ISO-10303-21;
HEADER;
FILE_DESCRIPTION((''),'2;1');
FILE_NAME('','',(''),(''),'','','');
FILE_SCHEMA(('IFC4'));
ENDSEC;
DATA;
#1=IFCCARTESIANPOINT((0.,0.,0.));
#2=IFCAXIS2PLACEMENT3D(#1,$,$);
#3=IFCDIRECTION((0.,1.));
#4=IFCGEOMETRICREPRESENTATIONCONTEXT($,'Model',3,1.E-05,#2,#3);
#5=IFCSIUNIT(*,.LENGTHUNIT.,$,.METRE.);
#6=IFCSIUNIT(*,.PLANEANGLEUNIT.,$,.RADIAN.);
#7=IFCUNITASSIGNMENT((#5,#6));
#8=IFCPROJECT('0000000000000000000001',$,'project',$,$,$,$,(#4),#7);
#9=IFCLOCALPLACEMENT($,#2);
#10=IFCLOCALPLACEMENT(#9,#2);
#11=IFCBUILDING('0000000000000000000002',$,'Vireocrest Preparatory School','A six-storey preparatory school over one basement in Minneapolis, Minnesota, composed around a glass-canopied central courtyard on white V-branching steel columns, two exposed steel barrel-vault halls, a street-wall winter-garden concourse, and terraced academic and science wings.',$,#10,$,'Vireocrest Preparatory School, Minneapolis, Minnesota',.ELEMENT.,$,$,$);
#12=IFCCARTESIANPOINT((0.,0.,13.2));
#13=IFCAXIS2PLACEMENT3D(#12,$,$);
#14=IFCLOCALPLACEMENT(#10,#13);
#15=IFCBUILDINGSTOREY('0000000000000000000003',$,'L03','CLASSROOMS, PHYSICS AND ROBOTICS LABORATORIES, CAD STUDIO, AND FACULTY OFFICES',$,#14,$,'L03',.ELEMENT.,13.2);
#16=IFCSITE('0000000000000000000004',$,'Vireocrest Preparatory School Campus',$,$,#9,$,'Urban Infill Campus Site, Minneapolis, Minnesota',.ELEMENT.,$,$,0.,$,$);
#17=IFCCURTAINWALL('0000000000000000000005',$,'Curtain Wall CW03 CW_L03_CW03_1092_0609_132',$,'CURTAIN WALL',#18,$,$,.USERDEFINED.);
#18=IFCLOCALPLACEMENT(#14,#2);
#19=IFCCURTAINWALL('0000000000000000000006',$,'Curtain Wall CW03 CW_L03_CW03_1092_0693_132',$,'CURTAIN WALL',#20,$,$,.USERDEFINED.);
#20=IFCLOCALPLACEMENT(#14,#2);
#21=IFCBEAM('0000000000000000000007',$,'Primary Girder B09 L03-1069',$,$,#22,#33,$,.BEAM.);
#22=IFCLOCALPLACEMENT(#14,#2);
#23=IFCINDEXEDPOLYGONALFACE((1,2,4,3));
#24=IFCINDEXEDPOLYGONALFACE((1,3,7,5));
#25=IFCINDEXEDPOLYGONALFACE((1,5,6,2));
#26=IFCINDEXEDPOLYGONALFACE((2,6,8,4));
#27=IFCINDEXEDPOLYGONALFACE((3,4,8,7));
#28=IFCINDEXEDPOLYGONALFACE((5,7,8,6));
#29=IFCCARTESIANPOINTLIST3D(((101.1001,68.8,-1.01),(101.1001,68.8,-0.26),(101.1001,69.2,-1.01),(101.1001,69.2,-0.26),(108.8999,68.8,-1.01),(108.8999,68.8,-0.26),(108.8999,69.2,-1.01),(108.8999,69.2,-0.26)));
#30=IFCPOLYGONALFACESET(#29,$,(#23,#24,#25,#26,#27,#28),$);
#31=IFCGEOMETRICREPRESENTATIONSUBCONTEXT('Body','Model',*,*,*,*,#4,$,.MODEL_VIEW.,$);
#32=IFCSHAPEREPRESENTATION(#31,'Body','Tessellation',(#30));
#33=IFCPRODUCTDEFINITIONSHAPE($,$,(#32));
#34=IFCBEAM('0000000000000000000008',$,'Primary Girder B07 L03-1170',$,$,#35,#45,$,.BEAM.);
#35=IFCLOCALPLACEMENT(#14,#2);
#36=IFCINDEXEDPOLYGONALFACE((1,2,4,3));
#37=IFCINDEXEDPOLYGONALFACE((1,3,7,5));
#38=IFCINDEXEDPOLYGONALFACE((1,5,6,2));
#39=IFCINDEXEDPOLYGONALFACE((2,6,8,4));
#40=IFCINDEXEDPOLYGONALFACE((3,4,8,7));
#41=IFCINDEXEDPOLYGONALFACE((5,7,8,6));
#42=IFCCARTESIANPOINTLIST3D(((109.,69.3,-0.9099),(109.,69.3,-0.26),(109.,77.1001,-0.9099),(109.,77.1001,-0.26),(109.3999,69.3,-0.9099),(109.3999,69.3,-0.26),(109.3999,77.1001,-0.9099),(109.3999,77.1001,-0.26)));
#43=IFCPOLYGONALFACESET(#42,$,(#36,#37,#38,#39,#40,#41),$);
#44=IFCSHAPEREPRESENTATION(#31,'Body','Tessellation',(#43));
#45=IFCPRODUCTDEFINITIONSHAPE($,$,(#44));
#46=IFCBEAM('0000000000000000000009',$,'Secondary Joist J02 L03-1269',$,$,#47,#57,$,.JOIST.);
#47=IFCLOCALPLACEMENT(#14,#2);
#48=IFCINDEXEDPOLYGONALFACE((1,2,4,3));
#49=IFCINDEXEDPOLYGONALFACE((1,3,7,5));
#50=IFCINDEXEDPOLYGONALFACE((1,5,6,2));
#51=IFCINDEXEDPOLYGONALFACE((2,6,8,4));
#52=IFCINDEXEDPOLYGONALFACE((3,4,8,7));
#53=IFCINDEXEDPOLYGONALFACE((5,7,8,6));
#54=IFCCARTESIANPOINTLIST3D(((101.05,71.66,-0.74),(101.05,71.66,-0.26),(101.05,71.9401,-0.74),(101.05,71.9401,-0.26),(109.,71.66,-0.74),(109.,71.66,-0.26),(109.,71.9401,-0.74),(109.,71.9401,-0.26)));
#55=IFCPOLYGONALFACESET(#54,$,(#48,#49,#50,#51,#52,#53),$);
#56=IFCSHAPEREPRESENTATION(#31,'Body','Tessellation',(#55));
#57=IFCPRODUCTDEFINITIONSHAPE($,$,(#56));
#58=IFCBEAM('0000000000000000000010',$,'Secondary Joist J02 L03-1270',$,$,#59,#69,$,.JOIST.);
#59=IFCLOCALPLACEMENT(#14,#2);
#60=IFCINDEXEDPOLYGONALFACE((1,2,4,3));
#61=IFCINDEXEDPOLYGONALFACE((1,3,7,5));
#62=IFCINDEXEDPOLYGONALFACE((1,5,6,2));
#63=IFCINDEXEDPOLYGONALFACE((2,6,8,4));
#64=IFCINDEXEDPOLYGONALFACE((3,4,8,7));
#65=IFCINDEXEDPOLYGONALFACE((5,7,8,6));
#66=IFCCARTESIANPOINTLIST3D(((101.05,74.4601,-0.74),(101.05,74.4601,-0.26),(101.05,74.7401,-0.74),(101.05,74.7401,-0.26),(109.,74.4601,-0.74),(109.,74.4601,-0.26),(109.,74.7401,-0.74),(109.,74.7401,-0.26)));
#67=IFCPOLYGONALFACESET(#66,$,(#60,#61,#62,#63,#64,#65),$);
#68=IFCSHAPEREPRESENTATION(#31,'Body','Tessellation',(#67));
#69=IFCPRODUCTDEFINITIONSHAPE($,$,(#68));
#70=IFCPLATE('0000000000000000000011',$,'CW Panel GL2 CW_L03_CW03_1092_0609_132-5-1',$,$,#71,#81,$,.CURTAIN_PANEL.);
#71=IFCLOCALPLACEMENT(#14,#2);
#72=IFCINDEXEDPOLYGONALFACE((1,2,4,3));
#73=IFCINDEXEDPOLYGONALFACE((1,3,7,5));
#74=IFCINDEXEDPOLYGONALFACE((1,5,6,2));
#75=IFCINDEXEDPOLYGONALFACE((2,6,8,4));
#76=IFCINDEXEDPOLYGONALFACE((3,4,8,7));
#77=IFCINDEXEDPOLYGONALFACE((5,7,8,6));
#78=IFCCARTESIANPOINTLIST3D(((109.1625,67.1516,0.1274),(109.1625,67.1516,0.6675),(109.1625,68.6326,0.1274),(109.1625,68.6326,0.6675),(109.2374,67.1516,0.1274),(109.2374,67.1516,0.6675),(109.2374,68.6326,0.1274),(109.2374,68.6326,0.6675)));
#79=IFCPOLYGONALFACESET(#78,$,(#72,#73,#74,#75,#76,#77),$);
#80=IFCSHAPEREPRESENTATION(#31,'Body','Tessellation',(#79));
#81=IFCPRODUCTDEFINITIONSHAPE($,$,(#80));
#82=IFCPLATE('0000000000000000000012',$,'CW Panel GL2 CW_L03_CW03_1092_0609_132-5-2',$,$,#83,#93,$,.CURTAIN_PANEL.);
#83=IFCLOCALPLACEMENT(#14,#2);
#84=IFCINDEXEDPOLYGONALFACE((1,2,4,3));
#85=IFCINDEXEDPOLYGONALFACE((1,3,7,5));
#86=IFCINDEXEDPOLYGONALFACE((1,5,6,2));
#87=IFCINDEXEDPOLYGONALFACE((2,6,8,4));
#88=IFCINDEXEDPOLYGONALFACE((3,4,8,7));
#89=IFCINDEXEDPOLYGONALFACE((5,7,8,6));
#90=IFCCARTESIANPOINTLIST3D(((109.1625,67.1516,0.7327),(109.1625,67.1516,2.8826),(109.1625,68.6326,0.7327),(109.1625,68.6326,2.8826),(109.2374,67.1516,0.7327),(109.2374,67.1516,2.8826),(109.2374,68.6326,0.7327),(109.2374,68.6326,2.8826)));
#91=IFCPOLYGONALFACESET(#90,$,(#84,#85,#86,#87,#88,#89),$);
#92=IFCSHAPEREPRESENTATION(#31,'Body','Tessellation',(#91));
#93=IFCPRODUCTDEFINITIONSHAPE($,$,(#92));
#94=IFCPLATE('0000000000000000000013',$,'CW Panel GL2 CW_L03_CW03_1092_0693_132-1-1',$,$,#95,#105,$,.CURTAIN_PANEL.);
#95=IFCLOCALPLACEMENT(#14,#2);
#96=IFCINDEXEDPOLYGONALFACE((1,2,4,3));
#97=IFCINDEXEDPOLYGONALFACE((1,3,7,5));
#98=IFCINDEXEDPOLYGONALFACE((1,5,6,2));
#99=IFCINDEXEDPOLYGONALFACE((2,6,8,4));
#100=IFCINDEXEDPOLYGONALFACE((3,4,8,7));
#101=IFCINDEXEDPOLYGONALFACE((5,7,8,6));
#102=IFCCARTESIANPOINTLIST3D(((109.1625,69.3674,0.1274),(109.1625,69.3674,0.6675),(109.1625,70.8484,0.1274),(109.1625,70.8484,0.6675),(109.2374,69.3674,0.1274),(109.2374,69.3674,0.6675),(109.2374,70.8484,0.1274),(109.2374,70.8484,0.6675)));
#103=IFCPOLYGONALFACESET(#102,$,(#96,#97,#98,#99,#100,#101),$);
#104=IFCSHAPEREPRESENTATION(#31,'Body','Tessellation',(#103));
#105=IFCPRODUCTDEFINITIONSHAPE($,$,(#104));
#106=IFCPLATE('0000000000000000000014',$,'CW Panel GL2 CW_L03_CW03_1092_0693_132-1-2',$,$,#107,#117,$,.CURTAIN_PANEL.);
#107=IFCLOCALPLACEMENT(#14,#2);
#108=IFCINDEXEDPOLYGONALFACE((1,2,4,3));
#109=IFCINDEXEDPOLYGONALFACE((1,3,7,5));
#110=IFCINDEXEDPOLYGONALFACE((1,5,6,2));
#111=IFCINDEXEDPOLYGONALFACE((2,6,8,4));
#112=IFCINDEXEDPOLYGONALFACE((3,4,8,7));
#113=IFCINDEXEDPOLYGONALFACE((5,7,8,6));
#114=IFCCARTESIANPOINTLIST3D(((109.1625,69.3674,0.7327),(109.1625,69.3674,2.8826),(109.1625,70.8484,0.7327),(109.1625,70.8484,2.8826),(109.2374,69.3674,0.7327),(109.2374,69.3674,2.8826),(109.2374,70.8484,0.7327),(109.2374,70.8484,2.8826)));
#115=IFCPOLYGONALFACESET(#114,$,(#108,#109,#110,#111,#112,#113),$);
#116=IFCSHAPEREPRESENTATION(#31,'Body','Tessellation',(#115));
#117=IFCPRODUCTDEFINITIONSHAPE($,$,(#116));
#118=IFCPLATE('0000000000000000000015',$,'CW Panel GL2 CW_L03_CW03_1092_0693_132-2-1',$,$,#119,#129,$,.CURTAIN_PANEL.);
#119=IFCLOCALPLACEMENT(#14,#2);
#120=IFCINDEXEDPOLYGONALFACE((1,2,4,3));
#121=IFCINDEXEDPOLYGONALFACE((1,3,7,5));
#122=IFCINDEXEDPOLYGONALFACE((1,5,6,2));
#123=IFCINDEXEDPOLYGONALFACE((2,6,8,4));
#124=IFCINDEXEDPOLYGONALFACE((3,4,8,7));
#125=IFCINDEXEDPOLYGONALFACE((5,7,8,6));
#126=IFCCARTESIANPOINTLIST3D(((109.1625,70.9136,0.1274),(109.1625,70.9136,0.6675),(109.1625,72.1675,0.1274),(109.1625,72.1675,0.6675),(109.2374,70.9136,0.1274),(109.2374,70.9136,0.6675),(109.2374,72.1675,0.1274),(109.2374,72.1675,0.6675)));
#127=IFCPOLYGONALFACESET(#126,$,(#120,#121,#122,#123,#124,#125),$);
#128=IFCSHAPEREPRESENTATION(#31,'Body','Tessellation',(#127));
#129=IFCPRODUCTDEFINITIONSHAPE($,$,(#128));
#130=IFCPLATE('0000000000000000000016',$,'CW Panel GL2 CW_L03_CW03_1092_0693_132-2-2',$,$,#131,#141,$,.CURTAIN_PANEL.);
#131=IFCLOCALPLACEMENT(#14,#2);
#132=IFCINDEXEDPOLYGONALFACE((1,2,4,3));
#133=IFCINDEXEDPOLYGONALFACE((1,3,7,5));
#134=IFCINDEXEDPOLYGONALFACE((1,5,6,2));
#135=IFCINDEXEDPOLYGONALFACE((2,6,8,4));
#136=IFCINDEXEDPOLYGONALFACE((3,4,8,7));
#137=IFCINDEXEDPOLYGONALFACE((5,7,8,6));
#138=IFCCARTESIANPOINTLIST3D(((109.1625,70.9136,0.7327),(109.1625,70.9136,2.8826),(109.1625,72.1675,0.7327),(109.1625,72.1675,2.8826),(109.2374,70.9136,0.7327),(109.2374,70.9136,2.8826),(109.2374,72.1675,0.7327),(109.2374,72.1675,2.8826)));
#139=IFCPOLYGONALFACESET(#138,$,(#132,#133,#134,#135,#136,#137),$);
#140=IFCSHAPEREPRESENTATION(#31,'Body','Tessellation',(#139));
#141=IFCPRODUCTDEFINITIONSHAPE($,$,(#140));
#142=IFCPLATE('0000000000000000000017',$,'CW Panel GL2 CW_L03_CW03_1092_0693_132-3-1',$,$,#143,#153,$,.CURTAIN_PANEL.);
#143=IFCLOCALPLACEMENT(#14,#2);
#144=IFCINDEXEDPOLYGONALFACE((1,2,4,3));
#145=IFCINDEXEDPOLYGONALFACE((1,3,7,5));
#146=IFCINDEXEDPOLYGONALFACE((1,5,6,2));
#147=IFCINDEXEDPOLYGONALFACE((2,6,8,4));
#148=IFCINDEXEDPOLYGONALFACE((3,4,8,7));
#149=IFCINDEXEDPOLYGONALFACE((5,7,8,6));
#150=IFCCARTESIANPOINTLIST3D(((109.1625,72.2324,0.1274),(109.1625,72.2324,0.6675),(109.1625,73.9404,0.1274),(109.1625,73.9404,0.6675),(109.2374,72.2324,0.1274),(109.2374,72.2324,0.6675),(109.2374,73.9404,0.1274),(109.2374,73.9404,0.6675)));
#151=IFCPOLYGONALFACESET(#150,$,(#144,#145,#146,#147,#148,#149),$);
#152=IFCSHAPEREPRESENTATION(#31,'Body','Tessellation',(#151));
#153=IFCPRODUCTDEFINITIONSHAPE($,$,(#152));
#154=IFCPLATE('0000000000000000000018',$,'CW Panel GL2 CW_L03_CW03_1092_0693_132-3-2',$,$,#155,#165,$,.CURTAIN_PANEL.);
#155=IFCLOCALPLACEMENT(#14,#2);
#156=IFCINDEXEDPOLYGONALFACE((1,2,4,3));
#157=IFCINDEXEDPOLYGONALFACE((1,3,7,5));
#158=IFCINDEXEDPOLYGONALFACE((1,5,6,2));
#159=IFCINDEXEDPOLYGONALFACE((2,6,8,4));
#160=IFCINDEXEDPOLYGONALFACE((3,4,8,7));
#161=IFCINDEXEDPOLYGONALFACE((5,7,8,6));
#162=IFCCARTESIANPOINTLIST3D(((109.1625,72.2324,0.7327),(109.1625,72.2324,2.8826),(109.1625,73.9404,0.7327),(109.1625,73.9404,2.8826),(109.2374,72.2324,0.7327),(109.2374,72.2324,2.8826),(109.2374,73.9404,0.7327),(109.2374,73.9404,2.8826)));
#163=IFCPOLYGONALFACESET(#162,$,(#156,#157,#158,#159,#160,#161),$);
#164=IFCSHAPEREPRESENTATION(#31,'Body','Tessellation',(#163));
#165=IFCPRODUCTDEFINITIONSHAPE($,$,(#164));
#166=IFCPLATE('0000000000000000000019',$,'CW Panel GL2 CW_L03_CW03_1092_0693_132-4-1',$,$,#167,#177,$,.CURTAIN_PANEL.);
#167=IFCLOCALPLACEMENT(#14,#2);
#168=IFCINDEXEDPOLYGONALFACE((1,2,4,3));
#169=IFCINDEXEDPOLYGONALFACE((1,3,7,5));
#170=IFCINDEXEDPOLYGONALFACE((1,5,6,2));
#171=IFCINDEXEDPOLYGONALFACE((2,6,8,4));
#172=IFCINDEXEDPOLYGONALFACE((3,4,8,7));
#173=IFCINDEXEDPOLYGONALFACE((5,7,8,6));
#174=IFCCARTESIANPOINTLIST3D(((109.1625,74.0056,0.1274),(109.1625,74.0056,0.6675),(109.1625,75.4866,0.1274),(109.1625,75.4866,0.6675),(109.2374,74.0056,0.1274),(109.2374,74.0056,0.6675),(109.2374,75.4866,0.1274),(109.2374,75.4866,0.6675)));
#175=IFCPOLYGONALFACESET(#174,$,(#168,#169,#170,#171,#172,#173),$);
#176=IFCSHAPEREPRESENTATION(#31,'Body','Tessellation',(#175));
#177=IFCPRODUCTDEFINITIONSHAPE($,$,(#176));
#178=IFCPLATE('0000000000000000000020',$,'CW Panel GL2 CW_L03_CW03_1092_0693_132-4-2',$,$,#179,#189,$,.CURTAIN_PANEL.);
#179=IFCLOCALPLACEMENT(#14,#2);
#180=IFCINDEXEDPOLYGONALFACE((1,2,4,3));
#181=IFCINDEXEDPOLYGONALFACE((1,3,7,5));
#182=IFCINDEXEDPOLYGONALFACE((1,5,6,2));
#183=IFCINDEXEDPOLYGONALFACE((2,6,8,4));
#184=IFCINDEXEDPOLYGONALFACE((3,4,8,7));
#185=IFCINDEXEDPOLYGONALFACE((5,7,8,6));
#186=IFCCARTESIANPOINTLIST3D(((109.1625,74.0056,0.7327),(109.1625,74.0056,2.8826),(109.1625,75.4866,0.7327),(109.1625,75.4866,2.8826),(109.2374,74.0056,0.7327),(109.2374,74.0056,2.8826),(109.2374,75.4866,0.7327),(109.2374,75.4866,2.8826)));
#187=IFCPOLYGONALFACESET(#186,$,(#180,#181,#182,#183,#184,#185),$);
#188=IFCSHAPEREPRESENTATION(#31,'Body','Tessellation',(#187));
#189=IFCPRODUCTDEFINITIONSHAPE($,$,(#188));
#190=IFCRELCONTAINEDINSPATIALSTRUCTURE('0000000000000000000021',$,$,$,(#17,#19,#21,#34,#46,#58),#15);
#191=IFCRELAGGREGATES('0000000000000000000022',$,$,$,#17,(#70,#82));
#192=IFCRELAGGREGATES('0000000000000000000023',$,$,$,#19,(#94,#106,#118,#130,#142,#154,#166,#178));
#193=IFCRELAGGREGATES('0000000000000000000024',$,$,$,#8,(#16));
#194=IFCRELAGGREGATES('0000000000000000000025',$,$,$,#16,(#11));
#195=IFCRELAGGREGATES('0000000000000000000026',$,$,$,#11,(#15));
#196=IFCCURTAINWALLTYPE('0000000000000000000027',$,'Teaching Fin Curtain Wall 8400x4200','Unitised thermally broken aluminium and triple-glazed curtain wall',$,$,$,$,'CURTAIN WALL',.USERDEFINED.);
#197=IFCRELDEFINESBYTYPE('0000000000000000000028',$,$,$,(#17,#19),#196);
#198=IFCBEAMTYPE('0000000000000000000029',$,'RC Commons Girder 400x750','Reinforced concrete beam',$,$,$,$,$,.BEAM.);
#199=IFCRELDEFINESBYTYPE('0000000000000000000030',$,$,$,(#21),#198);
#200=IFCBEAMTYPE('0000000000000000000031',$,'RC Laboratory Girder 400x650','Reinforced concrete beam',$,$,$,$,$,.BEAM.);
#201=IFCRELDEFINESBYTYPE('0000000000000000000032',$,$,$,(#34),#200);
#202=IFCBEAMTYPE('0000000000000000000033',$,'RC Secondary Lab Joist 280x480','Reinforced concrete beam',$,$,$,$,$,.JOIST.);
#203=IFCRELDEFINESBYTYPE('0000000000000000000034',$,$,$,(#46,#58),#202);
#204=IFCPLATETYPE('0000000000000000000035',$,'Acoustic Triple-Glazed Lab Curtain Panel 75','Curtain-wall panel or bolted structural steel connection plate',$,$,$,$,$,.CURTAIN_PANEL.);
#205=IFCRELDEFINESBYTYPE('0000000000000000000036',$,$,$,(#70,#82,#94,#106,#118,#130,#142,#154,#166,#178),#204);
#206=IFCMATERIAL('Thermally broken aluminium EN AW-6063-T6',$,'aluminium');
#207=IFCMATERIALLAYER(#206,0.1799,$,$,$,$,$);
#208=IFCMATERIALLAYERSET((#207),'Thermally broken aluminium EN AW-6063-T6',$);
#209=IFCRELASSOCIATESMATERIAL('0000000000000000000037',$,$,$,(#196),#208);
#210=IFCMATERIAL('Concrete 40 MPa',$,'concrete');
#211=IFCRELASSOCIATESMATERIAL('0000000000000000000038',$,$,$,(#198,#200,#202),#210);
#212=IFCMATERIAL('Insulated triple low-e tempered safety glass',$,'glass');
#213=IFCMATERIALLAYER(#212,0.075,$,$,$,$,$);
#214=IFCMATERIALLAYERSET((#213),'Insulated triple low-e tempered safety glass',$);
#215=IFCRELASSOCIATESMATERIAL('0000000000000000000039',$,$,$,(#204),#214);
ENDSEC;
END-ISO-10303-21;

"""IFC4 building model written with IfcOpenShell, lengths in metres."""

from ifc_helpers import new_model, si_unit, direction, frame, origin, origin_2d, place, context, subcontext, project, spatial, rectangle, extrude, material, layer, layer_set, material_profile, profile_set, type_object, element, aggregate, save


model = new_model("IFC4")

# Units and contexts
model_context = context("Model", 3, precision=1e-05, world=origin(), true_north=direction((0.0, 1.0)))
body_context = subcontext(model_context, "Body", "Model", "MODEL_VIEW")
ifc_project = project(units=[si_unit("LENGTHUNIT", "METRE"), si_unit("PLANEANGLEUNIT", "RADIAN")], contexts=[model_context])

# Site, building, storey
site_placement = place(None, origin())
site = spatial("IfcSite", under=ifc_project, at=site_placement, Name="Vireocrest Preparatory School Campus", LongName="Urban Infill Campus Site, Minneapolis, Minnesota", CompositionType="ELEMENT", RefElevation=0.0)
building_placement = place(site_placement, origin())
building = spatial("IfcBuilding", under=site, at=building_placement, Name="Vireocrest Preparatory School", Description="A six-storey preparatory school over one basement in Minneapolis, Minnesota, composed around a glass-canopied central courtyard on white V-branching steel columns, two exposed steel barrel-vault halls, a street-wall winter-garden concourse, and terraced academic and science wings.", LongName="Vireocrest Preparatory School, Minneapolis, Minnesota", CompositionType="ELEMENT")
storey_placement = place(building_placement, frame((0.0, 0.0, 13.2)))
storey = spatial("IfcBuildingStorey", under=building, at=storey_placement, Name="L03", Description="CLASSROOMS, PHYSICS AND ROBOTICS LABORATORIES, CAD STUDIO, AND FACULTY OFFICES", LongName="L03", CompositionType="ELEMENT", Elevation=13.2)

# Curtain walls
ifc_material_1 = material(Name="Thermally broken aluminium EN AW-6063-T6", Category="aluminium")
ifc_layer_1 = layer(ifc_material_1, 0.1799)
ifc_layer_set_1 = layer_set([ifc_layer_1], Name="Thermally broken aluminium EN AW-6063-T6")
curtain_wall_type = type_object("IfcCurtainWallType", Name="Teaching Fin Curtain Wall 8400x4200", Description="Unitised thermally broken aluminium and triple-glazed curtain wall", ElementType="CURTAIN WALL", PredefinedType="USERDEFINED", material=ifc_layer_set_1)
curtain_wall_1_placement = place(storey_placement, origin())
curtain_wall_1 = element("IfcCurtainWall", 1, at=curtain_wall_1_placement, inside=storey, type_object=curtain_wall_type, Name="Curtain Wall CW03 CW_L03_CW03_1092_0609_132", ObjectType="CURTAIN WALL", PredefinedType="USERDEFINED")
curtain_wall_2_placement = place(storey_placement, origin())
curtain_wall_2 = element("IfcCurtainWall", 2, at=curtain_wall_2_placement, inside=storey, type_object=curtain_wall_type, Name="Curtain Wall CW03 CW_L03_CW03_1092_0693_132", ObjectType="CURTAIN WALL", PredefinedType="USERDEFINED")

# Beams
ifc_material_2 = material(Name="Concrete 40 MPa", Category="concrete")
ifc_material_profile_1 = material_profile(ifc_material_2, rectangle(XDim=0.3999, YDim=0.75, at=origin_2d()), Name="RC 400x750")
ifc_profile_set_1 = profile_set([ifc_material_profile_1], Name="Concrete 40 MPa")
beam_type_1 = type_object("IfcBeamType", Name="RC Commons Girder 400x750", Description="Reinforced concrete beam", PredefinedType="BEAM", material=ifc_profile_set_1)
beam_1_placement = place(storey_placement, frame((101.1001, 69.0, -0.635), z_axis=(1.0, 0.0, 0.0), x_axis=(0.0, 1.0, 0.0)))
element("IfcBeam", 3, at=beam_1_placement, inside=storey, type_object=beam_type_1, Name="Primary Girder B09 L03-1069", PredefinedType="BEAM", context=body_context, shape_type="SweptSolid", body=[
    extrude(rectangle(XDim=0.3999, YDim=0.75, at=origin_2d()), origin(), (0.0, 0.0, 1.0), 7.7998),
])
ifc_material_profile_2 = material_profile(ifc_material_2, rectangle(XDim=0.3999, YDim=0.6499, at=origin_2d()), Name="RC 400x650")
ifc_profile_set_2 = profile_set([ifc_material_profile_2], Name="Concrete 40 MPa")
beam_type_2 = type_object("IfcBeamType", Name="RC Laboratory Girder 400x650", Description="Reinforced concrete beam", PredefinedType="BEAM", material=ifc_profile_set_2)
beam_2_placement = place(storey_placement, frame((109.2, 69.3, -0.585), z_axis=(0.0, 1.0, 0.0), x_axis=(-1.0, 0.0, 0.0)))
element("IfcBeam", 4, at=beam_2_placement, inside=storey, type_object=beam_type_2, Name="Primary Girder B07 L03-1170", PredefinedType="BEAM", context=body_context, shape_type="SweptSolid", body=[
    extrude(rectangle(XDim=0.3999, YDim=0.6499, at=origin_2d()), origin(), (0.0, 0.0, 1.0), 7.8),
])
ifc_material_profile_3 = material_profile(ifc_material_2, rectangle(XDim=0.28, YDim=0.48, at=origin_2d()), Name="RC 280x480")
ifc_profile_set_3 = profile_set([ifc_material_profile_3], Name="Concrete 40 MPa")
beam_type_3 = type_object("IfcBeamType", Name="RC Secondary Lab Joist 280x480", Description="Reinforced concrete beam", PredefinedType="JOIST", material=ifc_profile_set_3)
for number, where, z_axis, x_axis, name in (
    (5, (101.05, 71.8, -0.5), (1.0, 0.0, 0.0), (0.0, 1.0, 0.0), "Secondary Joist J02 L03-1269"),
    (6, (101.05, 74.6001, -0.5), (1.0, 0.0, 0.0), (0.0, 1.0, 0.0), "Secondary Joist J02 L03-1270"),
):
    element("IfcBeam", number, at=place(storey_placement, frame(where, z_axis=z_axis, x_axis=x_axis)), inside=storey, type_object=beam_type_3, Name=name, PredefinedType="JOIST", context=body_context, shape_type="SweptSolid", body=[
        extrude(rectangle(XDim=0.28, YDim=0.48, at=origin_2d()), origin(), (0.0, 0.0, 1.0), 7.95),
    ])

# Plates
ifc_material_3 = material(Name="Insulated triple low-e tempered safety glass", Category="glass")
ifc_layer_2 = layer(ifc_material_3, 0.075)
ifc_layer_set_2 = layer_set([ifc_layer_2], Name="Insulated triple low-e tempered safety glass")
plate_type = type_object("IfcPlateType", Name="Acoustic Triple-Glazed Lab Curtain Panel 75", Description="Curtain-wall panel or bolted structural steel connection plate", PredefinedType="CURTAIN_PANEL", material=ifc_layer_set_2)
plate_1_placement = place(storey_placement, frame((109.2, 67.8921, 0.1274), z_axis=(0.0, 0.0, 1.0), x_axis=(0.0, 1.0, 0.0)))
plate_1 = element("IfcPlate", 7, at=plate_1_placement, type_object=plate_type, Name="CW Panel GL2 CW_L03_CW03_1092_0609_132-5-1", PredefinedType="CURTAIN_PANEL", context=body_context, shape_type="SweptSolid", body=[
    extrude(rectangle(XDim=1.481, YDim=0.075, at=origin_2d()), origin(), (0.0, 0.0, 1.0), 0.54),
])
plate_2_placement = place(storey_placement, frame((109.2, 67.8921, 0.7327), z_axis=(0.0, 0.0, 1.0), x_axis=(0.0, 1.0, 0.0)))
plate_2 = element("IfcPlate", 8, at=plate_2_placement, type_object=plate_type, Name="CW Panel GL2 CW_L03_CW03_1092_0609_132-5-2", PredefinedType="CURTAIN_PANEL", context=body_context, shape_type="SweptSolid", body=[
    extrude(rectangle(XDim=1.481, YDim=0.075, at=origin_2d()), origin(), (0.0, 0.0, 1.0), 2.1499),
])
aggregate(curtain_wall_1, [plate_1, plate_2])
plate_3_placement = place(storey_placement, frame((109.2, 70.1079, 0.1274), z_axis=(0.0, 0.0, 1.0), x_axis=(0.0, 1.0, 0.0)))
plate_3 = element("IfcPlate", 9, at=plate_3_placement, type_object=plate_type, Name="CW Panel GL2 CW_L03_CW03_1092_0693_132-1-1", PredefinedType="CURTAIN_PANEL", context=body_context, shape_type="SweptSolid", body=[
    extrude(rectangle(XDim=1.481, YDim=0.075, at=origin_2d()), origin(), (0.0, 0.0, 1.0), 0.54),
])
plate_4_placement = place(storey_placement, frame((109.2, 70.1079, 0.7327), z_axis=(0.0, 0.0, 1.0), x_axis=(0.0, 1.0, 0.0)))
plate_4 = element("IfcPlate", 10, at=plate_4_placement, type_object=plate_type, Name="CW Panel GL2 CW_L03_CW03_1092_0693_132-1-2", PredefinedType="CURTAIN_PANEL", context=body_context, shape_type="SweptSolid", body=[
    extrude(rectangle(XDim=1.481, YDim=0.075, at=origin_2d()), origin(), (0.0, 0.0, 1.0), 2.1499),
])
plate_5_placement = place(storey_placement, frame((109.2, 71.5405, 0.1274), z_axis=(0.0, 0.0, 1.0), x_axis=(0.0, 1.0, 0.0)))
plate_5 = element("IfcPlate", 11, at=plate_5_placement, type_object=plate_type, Name="CW Panel GL2 CW_L03_CW03_1092_0693_132-2-1", PredefinedType="CURTAIN_PANEL", context=body_context, shape_type="SweptSolid", body=[
    extrude(rectangle(XDim=1.2539, YDim=0.075, at=origin_2d()), origin(), (0.0, 0.0, 1.0), 0.54),
])
plate_6_placement = place(storey_placement, frame((109.2, 71.5405, 0.7327), z_axis=(0.0, 0.0, 1.0), x_axis=(0.0, 1.0, 0.0)))
plate_6 = element("IfcPlate", 12, at=plate_6_placement, type_object=plate_type, Name="CW Panel GL2 CW_L03_CW03_1092_0693_132-2-2", PredefinedType="CURTAIN_PANEL", context=body_context, shape_type="SweptSolid", body=[
    extrude(rectangle(XDim=1.2539, YDim=0.075, at=origin_2d()), origin(), (0.0, 0.0, 1.0), 2.1499),
])
plate_7_placement = place(storey_placement, frame((109.2, 73.0864, 0.1274), z_axis=(0.0, 0.0, 1.0), x_axis=(0.0, 1.0, 0.0)))
plate_7 = element("IfcPlate", 13, at=plate_7_placement, type_object=plate_type, Name="CW Panel GL2 CW_L03_CW03_1092_0693_132-3-1", PredefinedType="CURTAIN_PANEL", context=body_context, shape_type="SweptSolid", body=[
    extrude(rectangle(XDim=1.708, YDim=0.075, at=origin_2d()), origin(), (0.0, 0.0, 1.0), 0.54),
])
plate_8_placement = place(storey_placement, frame((109.2, 73.0864, 0.7327), z_axis=(0.0, 0.0, 1.0), x_axis=(0.0, 1.0, 0.0)))
plate_8 = element("IfcPlate", 14, at=plate_8_placement, type_object=plate_type, Name="CW Panel GL2 CW_L03_CW03_1092_0693_132-3-2", PredefinedType="CURTAIN_PANEL", context=body_context, shape_type="SweptSolid", body=[
    extrude(rectangle(XDim=1.708, YDim=0.075, at=origin_2d()), origin(), (0.0, 0.0, 1.0), 2.1499),
])
plate_9_placement = place(storey_placement, frame((109.2, 74.7461, 0.1274), z_axis=(0.0, 0.0, 1.0), x_axis=(0.0, 1.0, 0.0)))
plate_9 = element("IfcPlate", 15, at=plate_9_placement, type_object=plate_type, Name="CW Panel GL2 CW_L03_CW03_1092_0693_132-4-1", PredefinedType="CURTAIN_PANEL", context=body_context, shape_type="SweptSolid", body=[
    extrude(rectangle(XDim=1.481, YDim=0.075, at=origin_2d()), origin(), (0.0, 0.0, 1.0), 0.54),
])
plate_10_placement = place(storey_placement, frame((109.2, 74.7461, 0.7327), z_axis=(0.0, 0.0, 1.0), x_axis=(0.0, 1.0, 0.0)))
plate_10 = element("IfcPlate", 16, at=plate_10_placement, type_object=plate_type, Name="CW Panel GL2 CW_L03_CW03_1092_0693_132-4-2", PredefinedType="CURTAIN_PANEL", context=body_context, shape_type="SweptSolid", body=[
    extrude(rectangle(XDim=1.481, YDim=0.075, at=origin_2d()), origin(), (0.0, 0.0, 1.0), 2.1499),
])
aggregate(curtain_wall_2, [plate_3, plate_4, plate_5, plate_6, plate_7, plate_8, plate_9, plate_10])

save(model, "model.ifc")
